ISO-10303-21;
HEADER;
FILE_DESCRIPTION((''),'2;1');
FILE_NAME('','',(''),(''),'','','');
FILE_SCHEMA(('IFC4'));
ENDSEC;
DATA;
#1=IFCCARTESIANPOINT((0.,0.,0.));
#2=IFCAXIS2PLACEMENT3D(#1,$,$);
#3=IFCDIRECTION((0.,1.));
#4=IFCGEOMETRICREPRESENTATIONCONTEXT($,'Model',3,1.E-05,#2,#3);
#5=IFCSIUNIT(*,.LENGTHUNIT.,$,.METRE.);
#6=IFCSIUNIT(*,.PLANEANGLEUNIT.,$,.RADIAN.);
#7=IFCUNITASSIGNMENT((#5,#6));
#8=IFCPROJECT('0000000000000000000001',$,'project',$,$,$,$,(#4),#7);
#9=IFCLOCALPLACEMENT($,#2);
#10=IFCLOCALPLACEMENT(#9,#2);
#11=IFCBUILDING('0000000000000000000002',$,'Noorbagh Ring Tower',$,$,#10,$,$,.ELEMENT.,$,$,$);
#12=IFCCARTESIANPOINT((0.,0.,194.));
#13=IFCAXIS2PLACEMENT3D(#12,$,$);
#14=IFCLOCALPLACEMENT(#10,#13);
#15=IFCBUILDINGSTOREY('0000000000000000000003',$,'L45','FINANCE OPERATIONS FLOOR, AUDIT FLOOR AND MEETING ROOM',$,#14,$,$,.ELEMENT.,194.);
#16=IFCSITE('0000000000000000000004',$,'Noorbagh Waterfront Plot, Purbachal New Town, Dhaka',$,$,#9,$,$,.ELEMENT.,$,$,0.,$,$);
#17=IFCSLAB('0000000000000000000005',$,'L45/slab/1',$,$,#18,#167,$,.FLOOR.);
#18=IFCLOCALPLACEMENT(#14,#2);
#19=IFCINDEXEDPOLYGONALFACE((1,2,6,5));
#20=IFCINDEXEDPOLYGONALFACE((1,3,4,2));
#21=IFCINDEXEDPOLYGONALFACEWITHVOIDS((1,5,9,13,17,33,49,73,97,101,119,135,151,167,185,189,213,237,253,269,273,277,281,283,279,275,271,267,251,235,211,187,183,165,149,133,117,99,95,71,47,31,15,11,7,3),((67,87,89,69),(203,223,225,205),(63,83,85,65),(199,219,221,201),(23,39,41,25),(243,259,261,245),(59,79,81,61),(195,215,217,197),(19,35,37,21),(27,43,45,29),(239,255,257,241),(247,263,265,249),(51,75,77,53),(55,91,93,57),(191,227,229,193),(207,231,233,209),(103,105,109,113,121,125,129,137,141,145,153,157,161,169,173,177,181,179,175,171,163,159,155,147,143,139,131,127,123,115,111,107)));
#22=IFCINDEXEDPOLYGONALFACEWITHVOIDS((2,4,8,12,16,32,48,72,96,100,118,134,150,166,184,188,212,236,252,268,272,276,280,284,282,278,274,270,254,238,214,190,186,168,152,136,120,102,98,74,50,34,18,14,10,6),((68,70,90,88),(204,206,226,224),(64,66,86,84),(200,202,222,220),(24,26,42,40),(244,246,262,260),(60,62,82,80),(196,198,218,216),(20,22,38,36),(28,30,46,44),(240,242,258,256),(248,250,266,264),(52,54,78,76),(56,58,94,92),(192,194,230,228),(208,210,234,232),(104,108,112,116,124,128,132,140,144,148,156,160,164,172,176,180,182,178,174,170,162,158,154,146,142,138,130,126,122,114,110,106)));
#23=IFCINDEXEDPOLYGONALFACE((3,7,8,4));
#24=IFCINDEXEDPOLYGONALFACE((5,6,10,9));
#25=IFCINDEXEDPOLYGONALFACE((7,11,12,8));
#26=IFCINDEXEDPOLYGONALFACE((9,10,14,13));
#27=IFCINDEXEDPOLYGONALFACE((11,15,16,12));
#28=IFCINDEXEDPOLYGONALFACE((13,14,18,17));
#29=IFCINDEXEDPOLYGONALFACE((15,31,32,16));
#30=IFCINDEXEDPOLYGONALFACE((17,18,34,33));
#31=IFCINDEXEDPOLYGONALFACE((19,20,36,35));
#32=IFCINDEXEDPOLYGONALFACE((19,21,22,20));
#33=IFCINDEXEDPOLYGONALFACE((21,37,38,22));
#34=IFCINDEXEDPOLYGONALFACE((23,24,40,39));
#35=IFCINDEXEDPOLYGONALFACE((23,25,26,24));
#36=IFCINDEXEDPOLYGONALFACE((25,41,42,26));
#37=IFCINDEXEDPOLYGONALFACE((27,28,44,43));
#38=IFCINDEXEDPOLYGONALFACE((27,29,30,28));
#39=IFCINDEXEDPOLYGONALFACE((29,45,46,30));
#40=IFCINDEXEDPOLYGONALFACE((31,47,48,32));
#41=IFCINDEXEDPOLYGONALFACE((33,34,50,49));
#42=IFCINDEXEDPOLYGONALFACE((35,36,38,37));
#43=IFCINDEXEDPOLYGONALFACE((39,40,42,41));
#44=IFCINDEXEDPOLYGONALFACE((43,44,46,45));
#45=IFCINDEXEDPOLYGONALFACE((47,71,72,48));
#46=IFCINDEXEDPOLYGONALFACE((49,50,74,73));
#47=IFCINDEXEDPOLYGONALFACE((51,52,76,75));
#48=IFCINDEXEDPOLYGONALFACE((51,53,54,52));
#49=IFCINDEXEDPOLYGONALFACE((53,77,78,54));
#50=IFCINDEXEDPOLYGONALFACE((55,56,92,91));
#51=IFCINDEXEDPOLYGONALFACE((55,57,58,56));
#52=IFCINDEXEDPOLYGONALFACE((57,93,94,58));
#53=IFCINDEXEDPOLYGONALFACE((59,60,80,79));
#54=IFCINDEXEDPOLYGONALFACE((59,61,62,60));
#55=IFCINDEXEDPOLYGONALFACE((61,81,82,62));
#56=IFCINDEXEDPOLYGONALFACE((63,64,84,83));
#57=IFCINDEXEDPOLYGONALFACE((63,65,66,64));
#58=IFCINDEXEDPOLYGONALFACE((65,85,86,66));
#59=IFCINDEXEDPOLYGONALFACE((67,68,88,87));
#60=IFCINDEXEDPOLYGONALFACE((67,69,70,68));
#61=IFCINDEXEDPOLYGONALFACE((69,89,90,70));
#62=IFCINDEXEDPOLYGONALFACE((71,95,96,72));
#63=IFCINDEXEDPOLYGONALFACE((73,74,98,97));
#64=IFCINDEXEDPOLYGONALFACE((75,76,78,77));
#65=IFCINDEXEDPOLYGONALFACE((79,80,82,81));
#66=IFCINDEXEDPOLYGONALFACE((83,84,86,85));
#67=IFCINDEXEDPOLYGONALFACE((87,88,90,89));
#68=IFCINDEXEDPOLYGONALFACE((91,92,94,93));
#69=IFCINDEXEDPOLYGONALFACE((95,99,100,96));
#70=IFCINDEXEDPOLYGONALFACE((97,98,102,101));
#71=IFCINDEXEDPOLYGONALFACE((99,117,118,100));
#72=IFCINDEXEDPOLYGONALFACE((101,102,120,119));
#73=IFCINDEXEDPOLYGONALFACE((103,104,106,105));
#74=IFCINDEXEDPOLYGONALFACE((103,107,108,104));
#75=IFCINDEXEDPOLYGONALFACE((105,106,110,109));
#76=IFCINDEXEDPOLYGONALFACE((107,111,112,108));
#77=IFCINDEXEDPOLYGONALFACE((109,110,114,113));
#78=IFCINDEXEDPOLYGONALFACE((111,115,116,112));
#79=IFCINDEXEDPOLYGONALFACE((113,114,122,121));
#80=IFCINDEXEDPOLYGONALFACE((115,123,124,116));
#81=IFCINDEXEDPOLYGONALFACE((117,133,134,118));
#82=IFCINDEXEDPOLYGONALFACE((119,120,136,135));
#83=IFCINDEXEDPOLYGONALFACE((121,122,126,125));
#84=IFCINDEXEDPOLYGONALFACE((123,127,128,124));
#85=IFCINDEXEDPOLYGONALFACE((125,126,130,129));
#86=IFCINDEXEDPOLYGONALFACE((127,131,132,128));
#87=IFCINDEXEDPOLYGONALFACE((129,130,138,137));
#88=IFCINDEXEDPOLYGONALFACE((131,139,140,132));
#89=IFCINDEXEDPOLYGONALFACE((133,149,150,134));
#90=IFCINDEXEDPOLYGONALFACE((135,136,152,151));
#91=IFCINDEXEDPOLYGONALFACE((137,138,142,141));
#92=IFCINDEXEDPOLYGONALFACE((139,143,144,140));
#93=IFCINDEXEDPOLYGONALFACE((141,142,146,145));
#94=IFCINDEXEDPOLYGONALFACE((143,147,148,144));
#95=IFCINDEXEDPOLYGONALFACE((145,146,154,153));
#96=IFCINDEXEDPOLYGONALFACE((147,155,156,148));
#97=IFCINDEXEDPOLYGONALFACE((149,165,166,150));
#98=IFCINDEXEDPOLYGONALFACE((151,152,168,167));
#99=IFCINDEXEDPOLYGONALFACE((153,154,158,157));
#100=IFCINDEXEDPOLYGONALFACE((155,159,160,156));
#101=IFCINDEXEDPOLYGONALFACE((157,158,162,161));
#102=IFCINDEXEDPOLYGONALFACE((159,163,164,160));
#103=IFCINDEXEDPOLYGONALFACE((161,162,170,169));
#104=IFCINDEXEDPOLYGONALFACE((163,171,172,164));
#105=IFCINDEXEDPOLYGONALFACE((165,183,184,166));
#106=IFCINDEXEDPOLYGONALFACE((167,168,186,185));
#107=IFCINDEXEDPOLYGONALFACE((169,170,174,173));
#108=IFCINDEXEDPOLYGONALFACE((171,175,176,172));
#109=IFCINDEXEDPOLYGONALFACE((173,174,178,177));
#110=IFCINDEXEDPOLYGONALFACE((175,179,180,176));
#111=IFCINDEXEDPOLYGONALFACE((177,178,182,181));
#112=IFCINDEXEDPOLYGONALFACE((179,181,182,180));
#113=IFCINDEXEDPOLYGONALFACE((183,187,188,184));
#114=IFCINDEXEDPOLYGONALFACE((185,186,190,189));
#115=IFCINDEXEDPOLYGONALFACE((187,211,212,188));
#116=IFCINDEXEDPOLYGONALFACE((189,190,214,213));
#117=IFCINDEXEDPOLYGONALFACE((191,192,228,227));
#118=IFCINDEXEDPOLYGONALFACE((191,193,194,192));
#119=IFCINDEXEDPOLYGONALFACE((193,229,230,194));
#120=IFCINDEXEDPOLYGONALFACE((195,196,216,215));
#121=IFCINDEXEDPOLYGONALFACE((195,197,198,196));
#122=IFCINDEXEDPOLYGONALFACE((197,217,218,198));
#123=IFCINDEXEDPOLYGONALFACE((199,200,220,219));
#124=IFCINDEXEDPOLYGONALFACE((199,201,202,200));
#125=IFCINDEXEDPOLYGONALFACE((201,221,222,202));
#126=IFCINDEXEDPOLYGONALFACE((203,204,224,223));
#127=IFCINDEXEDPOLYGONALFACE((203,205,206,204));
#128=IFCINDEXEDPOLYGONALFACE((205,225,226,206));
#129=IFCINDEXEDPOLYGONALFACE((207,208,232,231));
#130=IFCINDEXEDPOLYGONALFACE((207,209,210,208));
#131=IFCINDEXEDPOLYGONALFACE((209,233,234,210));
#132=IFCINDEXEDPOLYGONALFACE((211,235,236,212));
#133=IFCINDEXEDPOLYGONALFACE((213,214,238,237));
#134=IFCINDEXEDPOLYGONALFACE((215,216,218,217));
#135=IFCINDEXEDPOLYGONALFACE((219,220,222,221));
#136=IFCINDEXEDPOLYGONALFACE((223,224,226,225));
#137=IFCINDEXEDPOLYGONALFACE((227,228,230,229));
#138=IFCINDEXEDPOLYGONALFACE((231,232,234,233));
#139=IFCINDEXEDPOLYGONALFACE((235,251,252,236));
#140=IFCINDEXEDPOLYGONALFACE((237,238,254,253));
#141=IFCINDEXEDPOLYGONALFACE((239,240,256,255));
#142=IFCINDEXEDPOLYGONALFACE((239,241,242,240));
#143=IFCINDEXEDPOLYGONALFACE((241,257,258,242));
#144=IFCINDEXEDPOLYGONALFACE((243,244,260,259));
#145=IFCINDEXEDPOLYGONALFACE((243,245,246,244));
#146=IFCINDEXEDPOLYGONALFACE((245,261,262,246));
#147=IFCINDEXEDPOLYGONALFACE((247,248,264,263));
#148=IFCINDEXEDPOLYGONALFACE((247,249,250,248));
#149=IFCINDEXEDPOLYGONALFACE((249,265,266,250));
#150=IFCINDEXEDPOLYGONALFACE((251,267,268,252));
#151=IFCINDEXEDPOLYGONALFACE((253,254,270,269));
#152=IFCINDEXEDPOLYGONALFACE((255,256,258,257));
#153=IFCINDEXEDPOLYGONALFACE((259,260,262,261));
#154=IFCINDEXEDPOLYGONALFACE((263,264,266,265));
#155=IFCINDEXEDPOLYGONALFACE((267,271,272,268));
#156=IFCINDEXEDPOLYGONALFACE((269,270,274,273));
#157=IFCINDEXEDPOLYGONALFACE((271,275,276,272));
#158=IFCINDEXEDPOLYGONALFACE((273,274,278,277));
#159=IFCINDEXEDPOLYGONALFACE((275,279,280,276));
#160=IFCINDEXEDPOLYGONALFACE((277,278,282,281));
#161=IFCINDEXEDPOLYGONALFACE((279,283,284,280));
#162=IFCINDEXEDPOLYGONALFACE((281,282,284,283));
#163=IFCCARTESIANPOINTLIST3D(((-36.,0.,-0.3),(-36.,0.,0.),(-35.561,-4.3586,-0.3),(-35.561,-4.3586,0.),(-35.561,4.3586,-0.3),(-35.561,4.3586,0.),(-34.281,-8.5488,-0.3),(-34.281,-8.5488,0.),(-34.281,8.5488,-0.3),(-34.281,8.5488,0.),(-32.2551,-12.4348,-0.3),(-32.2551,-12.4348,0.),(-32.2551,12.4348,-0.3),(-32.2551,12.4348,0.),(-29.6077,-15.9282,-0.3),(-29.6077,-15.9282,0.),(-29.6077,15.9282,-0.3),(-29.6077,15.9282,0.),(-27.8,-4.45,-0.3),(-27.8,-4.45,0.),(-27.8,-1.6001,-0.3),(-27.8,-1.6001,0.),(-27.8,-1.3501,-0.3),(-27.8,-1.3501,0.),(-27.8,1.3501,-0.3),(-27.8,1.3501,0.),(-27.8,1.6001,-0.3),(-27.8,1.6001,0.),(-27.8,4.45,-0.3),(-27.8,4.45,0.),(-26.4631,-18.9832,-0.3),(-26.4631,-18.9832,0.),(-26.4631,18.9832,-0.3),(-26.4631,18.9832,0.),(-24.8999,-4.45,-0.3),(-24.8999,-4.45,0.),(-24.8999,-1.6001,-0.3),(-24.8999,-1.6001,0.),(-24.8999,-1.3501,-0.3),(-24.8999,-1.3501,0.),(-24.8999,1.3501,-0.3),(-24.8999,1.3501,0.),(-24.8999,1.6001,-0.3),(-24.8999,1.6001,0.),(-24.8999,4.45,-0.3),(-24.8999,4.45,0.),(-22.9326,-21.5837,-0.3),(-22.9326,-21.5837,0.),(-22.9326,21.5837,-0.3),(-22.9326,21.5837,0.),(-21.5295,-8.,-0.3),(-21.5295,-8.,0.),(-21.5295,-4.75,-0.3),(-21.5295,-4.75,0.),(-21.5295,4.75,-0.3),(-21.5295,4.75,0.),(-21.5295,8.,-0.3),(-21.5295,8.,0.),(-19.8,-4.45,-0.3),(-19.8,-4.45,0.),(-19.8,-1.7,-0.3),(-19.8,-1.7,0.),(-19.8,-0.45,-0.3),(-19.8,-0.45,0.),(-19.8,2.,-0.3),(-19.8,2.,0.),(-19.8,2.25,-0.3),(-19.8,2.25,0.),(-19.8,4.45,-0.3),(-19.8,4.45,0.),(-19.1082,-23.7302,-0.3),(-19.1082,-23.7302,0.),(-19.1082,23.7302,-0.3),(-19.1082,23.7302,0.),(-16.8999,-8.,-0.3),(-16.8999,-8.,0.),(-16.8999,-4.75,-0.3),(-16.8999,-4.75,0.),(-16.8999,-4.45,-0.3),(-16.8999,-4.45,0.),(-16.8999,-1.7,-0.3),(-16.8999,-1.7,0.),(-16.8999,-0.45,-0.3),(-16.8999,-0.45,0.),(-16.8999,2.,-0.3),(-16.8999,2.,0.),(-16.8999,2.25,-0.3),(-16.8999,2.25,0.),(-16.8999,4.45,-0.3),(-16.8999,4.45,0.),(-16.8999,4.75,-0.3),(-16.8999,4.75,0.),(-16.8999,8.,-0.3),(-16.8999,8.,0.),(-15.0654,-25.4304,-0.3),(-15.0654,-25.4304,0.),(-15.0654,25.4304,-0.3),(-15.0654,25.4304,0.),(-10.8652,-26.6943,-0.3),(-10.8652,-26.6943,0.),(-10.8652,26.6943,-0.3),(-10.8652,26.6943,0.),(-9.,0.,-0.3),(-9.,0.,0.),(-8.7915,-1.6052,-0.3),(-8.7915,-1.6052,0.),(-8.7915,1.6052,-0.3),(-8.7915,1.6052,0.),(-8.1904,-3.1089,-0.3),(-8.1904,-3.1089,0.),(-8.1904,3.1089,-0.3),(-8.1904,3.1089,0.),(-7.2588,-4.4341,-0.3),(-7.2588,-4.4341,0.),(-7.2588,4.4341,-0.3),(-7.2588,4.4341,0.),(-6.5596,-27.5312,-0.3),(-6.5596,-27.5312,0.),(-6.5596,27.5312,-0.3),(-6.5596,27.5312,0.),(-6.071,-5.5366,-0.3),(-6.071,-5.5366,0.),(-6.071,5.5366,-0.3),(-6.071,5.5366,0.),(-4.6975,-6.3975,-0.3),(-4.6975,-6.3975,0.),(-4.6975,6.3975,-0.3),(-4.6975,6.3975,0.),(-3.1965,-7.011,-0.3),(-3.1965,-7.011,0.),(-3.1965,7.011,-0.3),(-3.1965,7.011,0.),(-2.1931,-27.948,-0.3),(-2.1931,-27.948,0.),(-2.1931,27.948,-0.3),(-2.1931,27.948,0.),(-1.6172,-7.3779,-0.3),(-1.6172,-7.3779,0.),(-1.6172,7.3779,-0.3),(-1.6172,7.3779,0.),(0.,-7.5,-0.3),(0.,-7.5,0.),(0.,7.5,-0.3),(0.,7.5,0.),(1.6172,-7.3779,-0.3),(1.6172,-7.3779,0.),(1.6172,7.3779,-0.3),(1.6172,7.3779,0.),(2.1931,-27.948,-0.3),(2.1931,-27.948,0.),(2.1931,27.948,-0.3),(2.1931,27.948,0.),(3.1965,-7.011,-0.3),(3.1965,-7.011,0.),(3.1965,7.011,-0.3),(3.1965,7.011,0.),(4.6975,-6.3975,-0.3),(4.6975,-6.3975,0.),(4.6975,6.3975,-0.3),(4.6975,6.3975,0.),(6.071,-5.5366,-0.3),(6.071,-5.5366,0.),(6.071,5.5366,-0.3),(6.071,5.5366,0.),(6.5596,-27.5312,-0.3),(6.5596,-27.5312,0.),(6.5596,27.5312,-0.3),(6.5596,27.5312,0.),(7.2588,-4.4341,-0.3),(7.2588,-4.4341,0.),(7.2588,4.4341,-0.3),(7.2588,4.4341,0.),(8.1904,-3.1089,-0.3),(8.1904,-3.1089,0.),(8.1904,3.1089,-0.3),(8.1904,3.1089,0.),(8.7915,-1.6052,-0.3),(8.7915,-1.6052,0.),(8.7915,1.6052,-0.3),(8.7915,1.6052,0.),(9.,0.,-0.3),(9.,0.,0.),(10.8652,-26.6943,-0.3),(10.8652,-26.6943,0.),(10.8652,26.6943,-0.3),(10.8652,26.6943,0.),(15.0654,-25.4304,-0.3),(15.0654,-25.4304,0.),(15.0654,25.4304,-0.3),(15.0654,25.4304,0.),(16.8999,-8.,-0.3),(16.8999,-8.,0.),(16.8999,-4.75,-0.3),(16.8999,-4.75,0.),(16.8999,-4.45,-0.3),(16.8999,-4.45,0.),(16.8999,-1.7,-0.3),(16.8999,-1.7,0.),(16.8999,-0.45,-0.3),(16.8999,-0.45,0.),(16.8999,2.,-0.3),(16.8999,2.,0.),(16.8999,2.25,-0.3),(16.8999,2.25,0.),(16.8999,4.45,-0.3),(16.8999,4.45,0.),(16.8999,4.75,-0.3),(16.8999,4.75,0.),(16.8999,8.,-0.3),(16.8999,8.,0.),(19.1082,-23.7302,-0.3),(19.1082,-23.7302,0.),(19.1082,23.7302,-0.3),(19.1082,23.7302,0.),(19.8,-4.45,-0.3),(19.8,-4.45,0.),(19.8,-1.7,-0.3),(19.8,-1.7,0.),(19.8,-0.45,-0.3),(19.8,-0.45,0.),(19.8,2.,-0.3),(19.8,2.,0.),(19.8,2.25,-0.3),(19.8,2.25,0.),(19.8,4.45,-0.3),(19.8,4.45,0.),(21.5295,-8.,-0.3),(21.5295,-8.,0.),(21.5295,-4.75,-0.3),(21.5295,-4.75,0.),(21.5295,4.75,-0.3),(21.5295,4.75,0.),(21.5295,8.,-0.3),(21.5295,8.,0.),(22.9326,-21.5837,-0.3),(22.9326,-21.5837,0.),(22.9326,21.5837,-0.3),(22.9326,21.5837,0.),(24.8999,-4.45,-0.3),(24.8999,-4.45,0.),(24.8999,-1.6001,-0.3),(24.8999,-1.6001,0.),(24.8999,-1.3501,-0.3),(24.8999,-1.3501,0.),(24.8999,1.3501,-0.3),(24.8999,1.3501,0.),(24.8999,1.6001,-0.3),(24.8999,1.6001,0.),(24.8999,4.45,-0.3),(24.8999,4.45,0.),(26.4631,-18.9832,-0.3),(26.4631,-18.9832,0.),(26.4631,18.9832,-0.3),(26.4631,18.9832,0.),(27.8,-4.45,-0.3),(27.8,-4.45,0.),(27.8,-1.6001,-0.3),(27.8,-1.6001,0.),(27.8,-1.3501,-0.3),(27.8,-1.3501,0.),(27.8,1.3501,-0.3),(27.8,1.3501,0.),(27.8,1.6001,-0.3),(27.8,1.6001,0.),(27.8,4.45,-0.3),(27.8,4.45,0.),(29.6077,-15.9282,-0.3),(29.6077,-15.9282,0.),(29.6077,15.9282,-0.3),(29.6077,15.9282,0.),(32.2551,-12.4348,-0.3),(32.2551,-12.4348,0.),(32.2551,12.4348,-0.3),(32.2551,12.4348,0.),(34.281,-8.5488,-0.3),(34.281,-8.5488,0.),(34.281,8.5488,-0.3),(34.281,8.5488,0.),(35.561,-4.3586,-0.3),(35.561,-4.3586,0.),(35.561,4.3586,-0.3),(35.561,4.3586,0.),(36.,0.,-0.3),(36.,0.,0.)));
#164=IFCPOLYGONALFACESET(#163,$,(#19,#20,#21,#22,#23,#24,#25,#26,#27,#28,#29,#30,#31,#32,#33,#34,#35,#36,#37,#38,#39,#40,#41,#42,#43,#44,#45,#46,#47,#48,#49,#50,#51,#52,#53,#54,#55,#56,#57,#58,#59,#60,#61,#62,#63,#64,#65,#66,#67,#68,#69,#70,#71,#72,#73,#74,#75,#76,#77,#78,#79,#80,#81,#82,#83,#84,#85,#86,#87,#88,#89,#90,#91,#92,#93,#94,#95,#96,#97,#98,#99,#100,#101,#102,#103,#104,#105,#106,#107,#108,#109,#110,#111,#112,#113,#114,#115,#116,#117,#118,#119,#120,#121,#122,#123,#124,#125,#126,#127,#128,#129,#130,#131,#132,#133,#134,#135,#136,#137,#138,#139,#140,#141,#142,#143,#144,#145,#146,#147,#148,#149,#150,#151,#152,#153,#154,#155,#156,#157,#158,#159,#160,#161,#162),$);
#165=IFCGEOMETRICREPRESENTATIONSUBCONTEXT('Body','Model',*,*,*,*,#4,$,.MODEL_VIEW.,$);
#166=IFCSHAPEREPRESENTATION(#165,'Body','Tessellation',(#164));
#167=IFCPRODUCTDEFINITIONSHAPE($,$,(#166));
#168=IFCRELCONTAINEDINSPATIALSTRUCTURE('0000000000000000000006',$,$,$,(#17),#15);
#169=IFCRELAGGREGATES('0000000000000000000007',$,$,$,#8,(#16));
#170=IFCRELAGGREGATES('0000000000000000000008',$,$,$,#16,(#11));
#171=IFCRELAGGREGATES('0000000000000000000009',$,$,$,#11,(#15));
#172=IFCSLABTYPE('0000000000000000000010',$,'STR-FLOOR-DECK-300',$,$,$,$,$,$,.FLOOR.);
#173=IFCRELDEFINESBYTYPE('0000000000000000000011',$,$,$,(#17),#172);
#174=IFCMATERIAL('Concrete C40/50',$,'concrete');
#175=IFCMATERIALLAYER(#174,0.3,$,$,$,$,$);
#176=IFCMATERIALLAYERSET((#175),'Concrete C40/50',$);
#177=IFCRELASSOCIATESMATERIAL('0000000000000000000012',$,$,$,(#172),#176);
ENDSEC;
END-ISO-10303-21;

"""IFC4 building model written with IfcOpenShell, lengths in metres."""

from ifc_helpers import new_model, si_unit, direction, frame, origin, place, context, subcontext, project, spatial, polyline, outline, extrude, material, layer, layer_set, type_object, element, save


model = new_model("IFC4")

# Units and contexts
model_context = context("Model", 3, precision=1e-05, world=origin(), true_north=direction((0.0, 1.0)))
body_context = subcontext(model_context, "Body", "Model", "MODEL_VIEW")
ifc_project = project(units=[si_unit("LENGTHUNIT", "METRE"), si_unit("PLANEANGLEUNIT", "RADIAN")], contexts=[model_context])

# Site, building, storey
site_placement = place(None, origin())
site = spatial("IfcSite", under=ifc_project, at=site_placement, Name="Noorbagh Waterfront Plot, Purbachal New Town, Dhaka", CompositionType="ELEMENT", RefElevation=0.0)
building_placement = place(site_placement, origin())
building = spatial("IfcBuilding", under=site, at=building_placement, Name="Noorbagh Ring Tower", CompositionType="ELEMENT")
storey_placement = place(building_placement, frame((0.0, 0.0, 194.0)))
storey = spatial("IfcBuildingStorey", under=building, at=storey_placement, Name="L45", Description="FINANCE OPERATIONS FLOOR, AUDIT FLOOR AND MEETING ROOM", CompositionType="ELEMENT", Elevation=194.0)

# Slab
ifc_material_1 = material(Name="Concrete C40/50", Category="concrete")
ifc_layer_1 = layer(ifc_material_1, 0.3)
ifc_layer_set_1 = layer_set([ifc_layer_1], Name="Concrete C40/50")
slab_type_1 = type_object("IfcSlabType", Name="STR-FLOOR-DECK-300", PredefinedType="FLOOR", material=ifc_layer_set_1)
slab_1_placement = place(storey_placement, frame((0.0, 0.0, -0.3)))
element("IfcSlab", 1, at=slab_1_placement, inside=storey, type_object=slab_type_1, Name="L45/slab/1", PredefinedType="FLOOR", context=body_context, shape_type="SweptSolid", body=[
    extrude(outline(polyline([(36.0, 0.0), (35.561, 4.3586), (34.281, 8.5488), (32.2551, 12.4348), (29.6077, 15.9282), (26.4631, 18.9832), (22.9326, 21.5837), (19.1082, 23.7302), (15.0654, 25.4304), (10.8652, 26.6943), (6.5596, 27.5312), (2.1931, 27.948), (-2.1931, 27.948), (-6.5596, 27.5312), (-10.8652, 26.6943), (-15.0654, 25.4304), (-19.1082, 23.7302), (-22.9326, 21.5837), (-26.4631, 18.9832), (-29.6077, 15.9282), (-32.2551, 12.4348), (-34.281, 8.5488), (-35.561, 4.3586), (-36.0, 0.0), (-35.561, -4.3586), (-34.281, -8.5488), (-32.2551, -12.4348), (-29.6077, -15.9282), (-26.4631, -18.9832), (-22.9326, -21.5837), (-19.1082, -23.7302), (-15.0654, -25.4304), (-10.8652, -26.6943), (-6.5596, -27.5312), (-2.1931, -27.948), (2.1931, -27.948), (6.5596, -27.5312), (10.8652, -26.6943), (15.0654, -25.4304), (19.1082, -23.7302), (22.9326, -21.5837), (26.4631, -18.9832), (29.6077, -15.9282), (32.2551, -12.4348), (34.281, -8.5488), (35.561, -4.3586), (36.0, 0.0)]), holes=[polyline([(24.8999, 4.45), (27.8, 4.45), (27.8, 1.6001), (24.8999, 1.6001), (24.8999, 4.45)]), polyline([(24.8999, 1.3501), (27.8, 1.3501), (27.8, -1.3501), (24.8999, -1.3501), (24.8999, 1.3501)]), polyline([(24.8999, -1.6001), (27.8, -1.6001), (27.8, -4.45), (24.8999, -4.45), (24.8999, -1.6001)]), polyline([(21.5295, -8.0), (16.8999, -8.0), (16.8999, -4.75), (21.5295, -4.75), (21.5295, -8.0)]), polyline([(16.8999, 4.75), (16.8999, 8.0), (21.5295, 8.0), (21.5295, 4.75), (16.8999, 4.75)]), polyline([(19.8, 4.45), (19.8, 2.25), (16.8999, 2.25), (16.8999, 4.45), (19.8, 4.45)]), polyline([(16.8999, 2.0), (19.8, 2.0), (19.8, -0.45), (16.8999, -0.45), (16.8999, 2.0)]), polyline([(16.8999, -1.7), (19.8, -1.7), (19.8, -4.45), (16.8999, -4.45), (16.8999, -1.7)]), polyline([(4.6975, -6.3975), (3.1965, -7.011), (1.6172, -7.3779), (0.0, -7.5), (-1.6172, -7.3779), (-3.1965, -7.011), (-4.6975, -6.3975), (-6.071, -5.5366), (-7.2588, -4.4341), (-8.1904, -3.1089), (-8.7915, -1.6052), (-9.0, 0.0), (-8.7915, 1.6052), (-8.1904, 3.1089), (-7.2588, 4.4341), (-6.071, 5.5366), (-4.6975, 6.3975), (-3.1965, 7.011), (-1.6172, 7.3779), (0.0, 7.5), (1.6172, 7.3779), (3.1965, 7.011), (4.6975, 6.3975), (6.071, 5.5366), (7.2588, 4.4341), (8.1904, 3.1089), (8.7915, 1.6052), (9.0, 0.0), (8.7915, -1.6052), (8.1904, -3.1089), (7.2588, -4.4341), (6.071, -5.5366), (4.6975, -6.3975)]), polyline([(-16.8999, 2.25), (-19.8, 2.25), (-19.8, 4.45), (-16.8999, 4.45), (-16.8999, 2.25)]), polyline([(-16.8999, -0.45), (-19.8, -0.45), (-19.8, 2.0), (-16.8999, 2.0), (-16.8999, -0.45)]), polyline([(-16.8999, -4.45), (-19.8, -4.45), (-19.8, -1.7), (-16.8999, -1.7), (-16.8999, -4.45)]), polyline([(-21.5295, 8.0), (-16.8999, 8.0), (-16.8999, 4.75), (-21.5295, 4.75), (-21.5295, 8.0)]), polyline([(-21.5295, -4.75), (-16.8999, -4.75), (-16.8999, -8.0), (-21.5295, -8.0), (-21.5295, -4.75)]), polyline([(-24.8999, -4.45), (-27.8, -4.45), (-27.8, -1.6001), (-24.8999, -1.6001), (-24.8999, -4.45)]), polyline([(-24.8999, 1.6001), (-27.8, 1.6001), (-27.8, 4.45), (-24.8999, 4.45), (-24.8999, 1.6001)]), polyline([(-24.8999, -1.3501), (-27.8, -1.3501), (-27.8, 1.3501), (-24.8999, 1.3501), (-24.8999, -1.3501)])]), origin(), (0.0, 0.0, 1.0), 0.3),
])

save(model, "model.ifc")
